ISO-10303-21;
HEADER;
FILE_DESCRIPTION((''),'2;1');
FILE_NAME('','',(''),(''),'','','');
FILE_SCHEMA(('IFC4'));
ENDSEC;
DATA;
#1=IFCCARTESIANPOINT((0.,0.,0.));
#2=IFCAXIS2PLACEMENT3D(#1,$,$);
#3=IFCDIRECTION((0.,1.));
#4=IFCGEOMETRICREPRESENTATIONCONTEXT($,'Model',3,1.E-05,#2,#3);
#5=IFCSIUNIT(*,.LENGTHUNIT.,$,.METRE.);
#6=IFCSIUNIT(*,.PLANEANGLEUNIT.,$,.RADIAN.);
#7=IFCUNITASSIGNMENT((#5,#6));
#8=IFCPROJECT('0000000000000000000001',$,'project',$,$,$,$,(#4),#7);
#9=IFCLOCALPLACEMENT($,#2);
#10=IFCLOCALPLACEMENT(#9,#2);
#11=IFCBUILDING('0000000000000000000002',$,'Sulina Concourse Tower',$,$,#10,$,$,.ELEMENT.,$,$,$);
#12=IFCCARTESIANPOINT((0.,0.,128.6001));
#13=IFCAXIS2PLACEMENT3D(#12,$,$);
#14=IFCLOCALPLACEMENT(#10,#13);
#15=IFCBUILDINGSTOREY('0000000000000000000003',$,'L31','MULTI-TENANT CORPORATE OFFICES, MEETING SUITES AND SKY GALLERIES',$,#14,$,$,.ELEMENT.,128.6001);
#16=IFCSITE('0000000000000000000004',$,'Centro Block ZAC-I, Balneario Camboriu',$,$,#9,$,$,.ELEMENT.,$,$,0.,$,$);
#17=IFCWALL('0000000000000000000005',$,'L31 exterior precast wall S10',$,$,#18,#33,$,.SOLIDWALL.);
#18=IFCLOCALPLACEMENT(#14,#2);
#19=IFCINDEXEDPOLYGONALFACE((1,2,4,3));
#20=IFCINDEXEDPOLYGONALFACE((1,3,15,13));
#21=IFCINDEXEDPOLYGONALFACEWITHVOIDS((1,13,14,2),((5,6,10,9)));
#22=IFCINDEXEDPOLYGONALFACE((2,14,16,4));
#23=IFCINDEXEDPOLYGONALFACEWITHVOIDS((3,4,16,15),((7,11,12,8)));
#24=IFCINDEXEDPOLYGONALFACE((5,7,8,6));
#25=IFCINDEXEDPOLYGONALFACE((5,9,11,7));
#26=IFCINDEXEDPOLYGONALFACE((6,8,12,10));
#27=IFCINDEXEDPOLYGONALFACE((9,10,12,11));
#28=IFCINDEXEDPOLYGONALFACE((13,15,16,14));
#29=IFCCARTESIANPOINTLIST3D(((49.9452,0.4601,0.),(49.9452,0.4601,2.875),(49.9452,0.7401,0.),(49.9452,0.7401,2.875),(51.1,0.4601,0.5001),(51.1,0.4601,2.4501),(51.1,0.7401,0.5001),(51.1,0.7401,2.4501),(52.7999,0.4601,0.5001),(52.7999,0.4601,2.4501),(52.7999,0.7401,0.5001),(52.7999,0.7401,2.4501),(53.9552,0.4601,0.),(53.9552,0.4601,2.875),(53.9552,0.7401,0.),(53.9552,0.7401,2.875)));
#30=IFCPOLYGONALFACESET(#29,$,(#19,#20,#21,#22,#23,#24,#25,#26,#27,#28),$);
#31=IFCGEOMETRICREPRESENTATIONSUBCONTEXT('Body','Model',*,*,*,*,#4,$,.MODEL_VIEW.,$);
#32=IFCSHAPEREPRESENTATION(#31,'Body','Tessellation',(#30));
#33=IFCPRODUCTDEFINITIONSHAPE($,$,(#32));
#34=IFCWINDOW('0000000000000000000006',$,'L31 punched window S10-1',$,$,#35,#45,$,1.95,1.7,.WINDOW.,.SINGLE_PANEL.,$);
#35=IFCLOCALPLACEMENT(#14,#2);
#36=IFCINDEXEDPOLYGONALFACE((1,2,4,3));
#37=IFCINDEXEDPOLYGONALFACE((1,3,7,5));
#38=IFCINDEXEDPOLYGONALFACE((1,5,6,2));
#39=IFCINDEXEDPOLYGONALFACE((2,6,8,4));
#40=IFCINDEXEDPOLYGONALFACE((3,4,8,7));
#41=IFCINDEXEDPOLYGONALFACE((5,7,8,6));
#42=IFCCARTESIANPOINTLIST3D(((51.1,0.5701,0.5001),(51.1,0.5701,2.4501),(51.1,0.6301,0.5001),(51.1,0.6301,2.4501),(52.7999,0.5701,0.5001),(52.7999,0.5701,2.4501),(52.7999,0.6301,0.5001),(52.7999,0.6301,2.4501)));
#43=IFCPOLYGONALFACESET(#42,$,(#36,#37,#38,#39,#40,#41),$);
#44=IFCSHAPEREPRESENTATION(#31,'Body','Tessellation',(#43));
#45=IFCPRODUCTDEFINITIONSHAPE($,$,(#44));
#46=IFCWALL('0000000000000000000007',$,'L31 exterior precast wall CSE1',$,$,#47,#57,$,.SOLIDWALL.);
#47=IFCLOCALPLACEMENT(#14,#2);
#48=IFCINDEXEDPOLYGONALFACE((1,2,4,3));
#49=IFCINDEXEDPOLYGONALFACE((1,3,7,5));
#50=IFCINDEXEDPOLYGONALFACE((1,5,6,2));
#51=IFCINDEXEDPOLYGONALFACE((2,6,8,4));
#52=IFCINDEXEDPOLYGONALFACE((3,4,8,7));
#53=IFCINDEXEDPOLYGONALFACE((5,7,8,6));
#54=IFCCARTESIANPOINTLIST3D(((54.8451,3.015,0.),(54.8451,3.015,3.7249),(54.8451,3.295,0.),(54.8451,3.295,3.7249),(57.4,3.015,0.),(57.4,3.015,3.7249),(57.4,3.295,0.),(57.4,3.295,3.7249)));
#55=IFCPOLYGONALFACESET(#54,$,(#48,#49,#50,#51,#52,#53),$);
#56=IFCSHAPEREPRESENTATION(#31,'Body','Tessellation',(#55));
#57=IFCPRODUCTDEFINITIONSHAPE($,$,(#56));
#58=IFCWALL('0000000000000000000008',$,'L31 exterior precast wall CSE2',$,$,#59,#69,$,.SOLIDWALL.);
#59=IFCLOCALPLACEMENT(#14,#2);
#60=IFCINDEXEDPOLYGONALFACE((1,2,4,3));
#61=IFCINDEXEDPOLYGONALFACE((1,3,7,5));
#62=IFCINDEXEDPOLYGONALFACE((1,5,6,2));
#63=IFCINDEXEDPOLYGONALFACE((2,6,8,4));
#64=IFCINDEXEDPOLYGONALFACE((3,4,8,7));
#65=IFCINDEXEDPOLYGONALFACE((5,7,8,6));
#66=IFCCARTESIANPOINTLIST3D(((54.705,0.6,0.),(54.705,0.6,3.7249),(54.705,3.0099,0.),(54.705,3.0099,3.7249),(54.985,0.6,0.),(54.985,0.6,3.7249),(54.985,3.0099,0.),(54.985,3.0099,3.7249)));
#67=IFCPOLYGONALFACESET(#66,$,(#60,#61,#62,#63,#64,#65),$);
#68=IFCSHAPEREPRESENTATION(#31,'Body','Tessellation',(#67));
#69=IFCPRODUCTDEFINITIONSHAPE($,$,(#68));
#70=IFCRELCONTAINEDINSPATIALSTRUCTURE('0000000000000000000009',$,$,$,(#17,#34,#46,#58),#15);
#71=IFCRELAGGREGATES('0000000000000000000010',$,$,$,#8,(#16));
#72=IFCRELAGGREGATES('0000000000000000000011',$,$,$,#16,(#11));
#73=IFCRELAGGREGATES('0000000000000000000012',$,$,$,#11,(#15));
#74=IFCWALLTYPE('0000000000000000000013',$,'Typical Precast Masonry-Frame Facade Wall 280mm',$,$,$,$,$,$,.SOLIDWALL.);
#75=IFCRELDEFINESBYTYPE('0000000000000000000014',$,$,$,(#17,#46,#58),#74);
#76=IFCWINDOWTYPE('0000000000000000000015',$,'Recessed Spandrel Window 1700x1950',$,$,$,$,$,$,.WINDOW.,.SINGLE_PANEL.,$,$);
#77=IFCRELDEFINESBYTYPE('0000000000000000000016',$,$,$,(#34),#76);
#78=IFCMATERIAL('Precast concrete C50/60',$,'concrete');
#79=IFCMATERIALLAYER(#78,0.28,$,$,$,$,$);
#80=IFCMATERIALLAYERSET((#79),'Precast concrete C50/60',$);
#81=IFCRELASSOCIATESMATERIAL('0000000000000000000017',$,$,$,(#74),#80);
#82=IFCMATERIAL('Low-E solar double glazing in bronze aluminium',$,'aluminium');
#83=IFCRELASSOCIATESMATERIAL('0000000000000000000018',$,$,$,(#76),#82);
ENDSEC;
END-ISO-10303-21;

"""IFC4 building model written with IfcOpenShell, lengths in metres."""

from ifc_helpers import new_model, si_unit, direction, frame, frame_2d, origin, place, context, subcontext, project, spatial, rectangle, extrude, material, layer, layer_set, type_object, element, fill, save


model = new_model("IFC4")

# Units and contexts
model_context = context("Model", 3, precision=1e-05, world=origin(), true_north=direction((0.0, 1.0)))
body_context = subcontext(model_context, "Body", "Model", "MODEL_VIEW")
ifc_project = project(units=[si_unit("LENGTHUNIT", "METRE"), si_unit("PLANEANGLEUNIT", "RADIAN")], contexts=[model_context])

# Site, building, storey
site_placement = place(None, origin())
site = spatial("IfcSite", under=ifc_project, at=site_placement, Name="Centro Block ZAC-I, Balneario Camboriu", CompositionType="ELEMENT", RefElevation=0.0)
building_placement = place(site_placement, origin())
building = spatial("IfcBuilding", under=site, at=building_placement, Name="Sulina Concourse Tower", CompositionType="ELEMENT")
storey_placement = place(building_placement, frame((0.0, 0.0, 128.6001)))
storey = spatial("IfcBuildingStorey", under=building, at=storey_placement, Name="L31", Description="MULTI-TENANT CORPORATE OFFICES, MEETING SUITES AND SKY GALLERIES", CompositionType="ELEMENT", Elevation=128.6001)

# Shared definitions
ifc_material_1 = material(Name="Precast concrete C50/60", Category="concrete")
ifc_layer_1 = layer(ifc_material_1, 0.28)
ifc_layer_set_1 = layer_set([ifc_layer_1], Name="Precast concrete C50/60")
wall_type_1 = type_object("IfcWallType", Name="Typical Precast Masonry-Frame Facade Wall 280mm", PredefinedType="SOLIDWALL", material=ifc_layer_set_1)

# Wall, opening, window
wall_1_placement = place(storey_placement, frame((53.9551, 0.6001, 0.0), z_axis=(0.0, 0.0, 1.0), x_axis=(-1.0, 0.0, 0.0)))
wall_1 = element("IfcWall", 1, at=wall_1_placement, inside=storey, type_object=wall_type_1, Name="L31 exterior precast wall S10", PredefinedType="SOLIDWALL", context=body_context, shape_type="SweptSolid", body=[
    extrude(rectangle(XDim=4.01, YDim=0.28, at=frame_2d((2.0049, 0.0))), origin(), (0.0, 0.0, 1.0), 2.875),
])
opening_placement = place(wall_1_placement, frame((1.155, 0.0, 0.5)))
opening = element("IfcOpeningElement", 2, at=opening_placement, cuts=wall_1, PredefinedType="OPENING", context=body_context, shape_type="SweptSolid", body=[
    extrude(rectangle(XDim=1.7, YDim=1.95, at=frame_2d((0.8501, 0.9751))), frame((0.0, 0.1499, 0.0), z_axis=(0.0, -1.0, 0.0), x_axis=(1.0, 0.0, 0.0)), (0.0, 0.0, 1.0), 0.3),
])
ifc_material_2 = material(Name="Low-E solar double glazing in bronze aluminium", Category="aluminium")
window_type = type_object("IfcWindowType", Name="Recessed Spandrel Window 1700x1950", PartitioningType="SINGLE_PANEL", PredefinedType="WINDOW", material=ifc_material_2)
window_placement = place(opening_placement, origin())
window = element("IfcWindow", 3, at=window_placement, inside=storey, type_object=window_type, Name="L31 punched window S10-1", OverallHeight=1.95, OverallWidth=1.7, PartitioningType="SINGLE_PANEL", PredefinedType="WINDOW", context=body_context, shape_type="SweptSolid", body=[
    extrude(rectangle(XDim=1.7, YDim=1.95, at=frame_2d((0.8501, 0.9751))), frame((0.0, 0.03, 0.0), z_axis=(0.0, -1.0, 0.0), x_axis=(1.0, 0.0, 0.0)), (0.0, 0.0, 1.0), 0.0601),
])
fill(opening, window)

# Walls
wall_2_placement = place(storey_placement, frame((57.3999, 3.155, 0.0), z_axis=(0.0, 0.0, 1.0), x_axis=(-1.0, 0.0, 0.0)))
element("IfcWall", 4, at=wall_2_placement, inside=storey, type_object=wall_type_1, Name="L31 exterior precast wall CSE1", PredefinedType="SOLIDWALL", context=body_context, shape_type="SweptSolid", body=[
    extrude(rectangle(XDim=2.5549, YDim=0.28, at=frame_2d((1.2773, 0.0))), origin(), (0.0, 0.0, 1.0), 3.7249),
])
wall_3_placement = place(storey_placement, frame((54.845, 3.01, 0.0), z_axis=(0.0, 0.0, 1.0), x_axis=(0.0, -1.0, 0.0)))
element("IfcWall", 5, at=wall_3_placement, inside=storey, type_object=wall_type_1, Name="L31 exterior precast wall CSE2", PredefinedType="SOLIDWALL", context=body_context, shape_type="SweptSolid", body=[
    extrude(rectangle(XDim=2.4099, YDim=0.28, at=frame_2d((1.2051, 0.0))), origin(), (0.0, 0.0, 1.0), 3.7249),
])

save(model, "model.ifc")
